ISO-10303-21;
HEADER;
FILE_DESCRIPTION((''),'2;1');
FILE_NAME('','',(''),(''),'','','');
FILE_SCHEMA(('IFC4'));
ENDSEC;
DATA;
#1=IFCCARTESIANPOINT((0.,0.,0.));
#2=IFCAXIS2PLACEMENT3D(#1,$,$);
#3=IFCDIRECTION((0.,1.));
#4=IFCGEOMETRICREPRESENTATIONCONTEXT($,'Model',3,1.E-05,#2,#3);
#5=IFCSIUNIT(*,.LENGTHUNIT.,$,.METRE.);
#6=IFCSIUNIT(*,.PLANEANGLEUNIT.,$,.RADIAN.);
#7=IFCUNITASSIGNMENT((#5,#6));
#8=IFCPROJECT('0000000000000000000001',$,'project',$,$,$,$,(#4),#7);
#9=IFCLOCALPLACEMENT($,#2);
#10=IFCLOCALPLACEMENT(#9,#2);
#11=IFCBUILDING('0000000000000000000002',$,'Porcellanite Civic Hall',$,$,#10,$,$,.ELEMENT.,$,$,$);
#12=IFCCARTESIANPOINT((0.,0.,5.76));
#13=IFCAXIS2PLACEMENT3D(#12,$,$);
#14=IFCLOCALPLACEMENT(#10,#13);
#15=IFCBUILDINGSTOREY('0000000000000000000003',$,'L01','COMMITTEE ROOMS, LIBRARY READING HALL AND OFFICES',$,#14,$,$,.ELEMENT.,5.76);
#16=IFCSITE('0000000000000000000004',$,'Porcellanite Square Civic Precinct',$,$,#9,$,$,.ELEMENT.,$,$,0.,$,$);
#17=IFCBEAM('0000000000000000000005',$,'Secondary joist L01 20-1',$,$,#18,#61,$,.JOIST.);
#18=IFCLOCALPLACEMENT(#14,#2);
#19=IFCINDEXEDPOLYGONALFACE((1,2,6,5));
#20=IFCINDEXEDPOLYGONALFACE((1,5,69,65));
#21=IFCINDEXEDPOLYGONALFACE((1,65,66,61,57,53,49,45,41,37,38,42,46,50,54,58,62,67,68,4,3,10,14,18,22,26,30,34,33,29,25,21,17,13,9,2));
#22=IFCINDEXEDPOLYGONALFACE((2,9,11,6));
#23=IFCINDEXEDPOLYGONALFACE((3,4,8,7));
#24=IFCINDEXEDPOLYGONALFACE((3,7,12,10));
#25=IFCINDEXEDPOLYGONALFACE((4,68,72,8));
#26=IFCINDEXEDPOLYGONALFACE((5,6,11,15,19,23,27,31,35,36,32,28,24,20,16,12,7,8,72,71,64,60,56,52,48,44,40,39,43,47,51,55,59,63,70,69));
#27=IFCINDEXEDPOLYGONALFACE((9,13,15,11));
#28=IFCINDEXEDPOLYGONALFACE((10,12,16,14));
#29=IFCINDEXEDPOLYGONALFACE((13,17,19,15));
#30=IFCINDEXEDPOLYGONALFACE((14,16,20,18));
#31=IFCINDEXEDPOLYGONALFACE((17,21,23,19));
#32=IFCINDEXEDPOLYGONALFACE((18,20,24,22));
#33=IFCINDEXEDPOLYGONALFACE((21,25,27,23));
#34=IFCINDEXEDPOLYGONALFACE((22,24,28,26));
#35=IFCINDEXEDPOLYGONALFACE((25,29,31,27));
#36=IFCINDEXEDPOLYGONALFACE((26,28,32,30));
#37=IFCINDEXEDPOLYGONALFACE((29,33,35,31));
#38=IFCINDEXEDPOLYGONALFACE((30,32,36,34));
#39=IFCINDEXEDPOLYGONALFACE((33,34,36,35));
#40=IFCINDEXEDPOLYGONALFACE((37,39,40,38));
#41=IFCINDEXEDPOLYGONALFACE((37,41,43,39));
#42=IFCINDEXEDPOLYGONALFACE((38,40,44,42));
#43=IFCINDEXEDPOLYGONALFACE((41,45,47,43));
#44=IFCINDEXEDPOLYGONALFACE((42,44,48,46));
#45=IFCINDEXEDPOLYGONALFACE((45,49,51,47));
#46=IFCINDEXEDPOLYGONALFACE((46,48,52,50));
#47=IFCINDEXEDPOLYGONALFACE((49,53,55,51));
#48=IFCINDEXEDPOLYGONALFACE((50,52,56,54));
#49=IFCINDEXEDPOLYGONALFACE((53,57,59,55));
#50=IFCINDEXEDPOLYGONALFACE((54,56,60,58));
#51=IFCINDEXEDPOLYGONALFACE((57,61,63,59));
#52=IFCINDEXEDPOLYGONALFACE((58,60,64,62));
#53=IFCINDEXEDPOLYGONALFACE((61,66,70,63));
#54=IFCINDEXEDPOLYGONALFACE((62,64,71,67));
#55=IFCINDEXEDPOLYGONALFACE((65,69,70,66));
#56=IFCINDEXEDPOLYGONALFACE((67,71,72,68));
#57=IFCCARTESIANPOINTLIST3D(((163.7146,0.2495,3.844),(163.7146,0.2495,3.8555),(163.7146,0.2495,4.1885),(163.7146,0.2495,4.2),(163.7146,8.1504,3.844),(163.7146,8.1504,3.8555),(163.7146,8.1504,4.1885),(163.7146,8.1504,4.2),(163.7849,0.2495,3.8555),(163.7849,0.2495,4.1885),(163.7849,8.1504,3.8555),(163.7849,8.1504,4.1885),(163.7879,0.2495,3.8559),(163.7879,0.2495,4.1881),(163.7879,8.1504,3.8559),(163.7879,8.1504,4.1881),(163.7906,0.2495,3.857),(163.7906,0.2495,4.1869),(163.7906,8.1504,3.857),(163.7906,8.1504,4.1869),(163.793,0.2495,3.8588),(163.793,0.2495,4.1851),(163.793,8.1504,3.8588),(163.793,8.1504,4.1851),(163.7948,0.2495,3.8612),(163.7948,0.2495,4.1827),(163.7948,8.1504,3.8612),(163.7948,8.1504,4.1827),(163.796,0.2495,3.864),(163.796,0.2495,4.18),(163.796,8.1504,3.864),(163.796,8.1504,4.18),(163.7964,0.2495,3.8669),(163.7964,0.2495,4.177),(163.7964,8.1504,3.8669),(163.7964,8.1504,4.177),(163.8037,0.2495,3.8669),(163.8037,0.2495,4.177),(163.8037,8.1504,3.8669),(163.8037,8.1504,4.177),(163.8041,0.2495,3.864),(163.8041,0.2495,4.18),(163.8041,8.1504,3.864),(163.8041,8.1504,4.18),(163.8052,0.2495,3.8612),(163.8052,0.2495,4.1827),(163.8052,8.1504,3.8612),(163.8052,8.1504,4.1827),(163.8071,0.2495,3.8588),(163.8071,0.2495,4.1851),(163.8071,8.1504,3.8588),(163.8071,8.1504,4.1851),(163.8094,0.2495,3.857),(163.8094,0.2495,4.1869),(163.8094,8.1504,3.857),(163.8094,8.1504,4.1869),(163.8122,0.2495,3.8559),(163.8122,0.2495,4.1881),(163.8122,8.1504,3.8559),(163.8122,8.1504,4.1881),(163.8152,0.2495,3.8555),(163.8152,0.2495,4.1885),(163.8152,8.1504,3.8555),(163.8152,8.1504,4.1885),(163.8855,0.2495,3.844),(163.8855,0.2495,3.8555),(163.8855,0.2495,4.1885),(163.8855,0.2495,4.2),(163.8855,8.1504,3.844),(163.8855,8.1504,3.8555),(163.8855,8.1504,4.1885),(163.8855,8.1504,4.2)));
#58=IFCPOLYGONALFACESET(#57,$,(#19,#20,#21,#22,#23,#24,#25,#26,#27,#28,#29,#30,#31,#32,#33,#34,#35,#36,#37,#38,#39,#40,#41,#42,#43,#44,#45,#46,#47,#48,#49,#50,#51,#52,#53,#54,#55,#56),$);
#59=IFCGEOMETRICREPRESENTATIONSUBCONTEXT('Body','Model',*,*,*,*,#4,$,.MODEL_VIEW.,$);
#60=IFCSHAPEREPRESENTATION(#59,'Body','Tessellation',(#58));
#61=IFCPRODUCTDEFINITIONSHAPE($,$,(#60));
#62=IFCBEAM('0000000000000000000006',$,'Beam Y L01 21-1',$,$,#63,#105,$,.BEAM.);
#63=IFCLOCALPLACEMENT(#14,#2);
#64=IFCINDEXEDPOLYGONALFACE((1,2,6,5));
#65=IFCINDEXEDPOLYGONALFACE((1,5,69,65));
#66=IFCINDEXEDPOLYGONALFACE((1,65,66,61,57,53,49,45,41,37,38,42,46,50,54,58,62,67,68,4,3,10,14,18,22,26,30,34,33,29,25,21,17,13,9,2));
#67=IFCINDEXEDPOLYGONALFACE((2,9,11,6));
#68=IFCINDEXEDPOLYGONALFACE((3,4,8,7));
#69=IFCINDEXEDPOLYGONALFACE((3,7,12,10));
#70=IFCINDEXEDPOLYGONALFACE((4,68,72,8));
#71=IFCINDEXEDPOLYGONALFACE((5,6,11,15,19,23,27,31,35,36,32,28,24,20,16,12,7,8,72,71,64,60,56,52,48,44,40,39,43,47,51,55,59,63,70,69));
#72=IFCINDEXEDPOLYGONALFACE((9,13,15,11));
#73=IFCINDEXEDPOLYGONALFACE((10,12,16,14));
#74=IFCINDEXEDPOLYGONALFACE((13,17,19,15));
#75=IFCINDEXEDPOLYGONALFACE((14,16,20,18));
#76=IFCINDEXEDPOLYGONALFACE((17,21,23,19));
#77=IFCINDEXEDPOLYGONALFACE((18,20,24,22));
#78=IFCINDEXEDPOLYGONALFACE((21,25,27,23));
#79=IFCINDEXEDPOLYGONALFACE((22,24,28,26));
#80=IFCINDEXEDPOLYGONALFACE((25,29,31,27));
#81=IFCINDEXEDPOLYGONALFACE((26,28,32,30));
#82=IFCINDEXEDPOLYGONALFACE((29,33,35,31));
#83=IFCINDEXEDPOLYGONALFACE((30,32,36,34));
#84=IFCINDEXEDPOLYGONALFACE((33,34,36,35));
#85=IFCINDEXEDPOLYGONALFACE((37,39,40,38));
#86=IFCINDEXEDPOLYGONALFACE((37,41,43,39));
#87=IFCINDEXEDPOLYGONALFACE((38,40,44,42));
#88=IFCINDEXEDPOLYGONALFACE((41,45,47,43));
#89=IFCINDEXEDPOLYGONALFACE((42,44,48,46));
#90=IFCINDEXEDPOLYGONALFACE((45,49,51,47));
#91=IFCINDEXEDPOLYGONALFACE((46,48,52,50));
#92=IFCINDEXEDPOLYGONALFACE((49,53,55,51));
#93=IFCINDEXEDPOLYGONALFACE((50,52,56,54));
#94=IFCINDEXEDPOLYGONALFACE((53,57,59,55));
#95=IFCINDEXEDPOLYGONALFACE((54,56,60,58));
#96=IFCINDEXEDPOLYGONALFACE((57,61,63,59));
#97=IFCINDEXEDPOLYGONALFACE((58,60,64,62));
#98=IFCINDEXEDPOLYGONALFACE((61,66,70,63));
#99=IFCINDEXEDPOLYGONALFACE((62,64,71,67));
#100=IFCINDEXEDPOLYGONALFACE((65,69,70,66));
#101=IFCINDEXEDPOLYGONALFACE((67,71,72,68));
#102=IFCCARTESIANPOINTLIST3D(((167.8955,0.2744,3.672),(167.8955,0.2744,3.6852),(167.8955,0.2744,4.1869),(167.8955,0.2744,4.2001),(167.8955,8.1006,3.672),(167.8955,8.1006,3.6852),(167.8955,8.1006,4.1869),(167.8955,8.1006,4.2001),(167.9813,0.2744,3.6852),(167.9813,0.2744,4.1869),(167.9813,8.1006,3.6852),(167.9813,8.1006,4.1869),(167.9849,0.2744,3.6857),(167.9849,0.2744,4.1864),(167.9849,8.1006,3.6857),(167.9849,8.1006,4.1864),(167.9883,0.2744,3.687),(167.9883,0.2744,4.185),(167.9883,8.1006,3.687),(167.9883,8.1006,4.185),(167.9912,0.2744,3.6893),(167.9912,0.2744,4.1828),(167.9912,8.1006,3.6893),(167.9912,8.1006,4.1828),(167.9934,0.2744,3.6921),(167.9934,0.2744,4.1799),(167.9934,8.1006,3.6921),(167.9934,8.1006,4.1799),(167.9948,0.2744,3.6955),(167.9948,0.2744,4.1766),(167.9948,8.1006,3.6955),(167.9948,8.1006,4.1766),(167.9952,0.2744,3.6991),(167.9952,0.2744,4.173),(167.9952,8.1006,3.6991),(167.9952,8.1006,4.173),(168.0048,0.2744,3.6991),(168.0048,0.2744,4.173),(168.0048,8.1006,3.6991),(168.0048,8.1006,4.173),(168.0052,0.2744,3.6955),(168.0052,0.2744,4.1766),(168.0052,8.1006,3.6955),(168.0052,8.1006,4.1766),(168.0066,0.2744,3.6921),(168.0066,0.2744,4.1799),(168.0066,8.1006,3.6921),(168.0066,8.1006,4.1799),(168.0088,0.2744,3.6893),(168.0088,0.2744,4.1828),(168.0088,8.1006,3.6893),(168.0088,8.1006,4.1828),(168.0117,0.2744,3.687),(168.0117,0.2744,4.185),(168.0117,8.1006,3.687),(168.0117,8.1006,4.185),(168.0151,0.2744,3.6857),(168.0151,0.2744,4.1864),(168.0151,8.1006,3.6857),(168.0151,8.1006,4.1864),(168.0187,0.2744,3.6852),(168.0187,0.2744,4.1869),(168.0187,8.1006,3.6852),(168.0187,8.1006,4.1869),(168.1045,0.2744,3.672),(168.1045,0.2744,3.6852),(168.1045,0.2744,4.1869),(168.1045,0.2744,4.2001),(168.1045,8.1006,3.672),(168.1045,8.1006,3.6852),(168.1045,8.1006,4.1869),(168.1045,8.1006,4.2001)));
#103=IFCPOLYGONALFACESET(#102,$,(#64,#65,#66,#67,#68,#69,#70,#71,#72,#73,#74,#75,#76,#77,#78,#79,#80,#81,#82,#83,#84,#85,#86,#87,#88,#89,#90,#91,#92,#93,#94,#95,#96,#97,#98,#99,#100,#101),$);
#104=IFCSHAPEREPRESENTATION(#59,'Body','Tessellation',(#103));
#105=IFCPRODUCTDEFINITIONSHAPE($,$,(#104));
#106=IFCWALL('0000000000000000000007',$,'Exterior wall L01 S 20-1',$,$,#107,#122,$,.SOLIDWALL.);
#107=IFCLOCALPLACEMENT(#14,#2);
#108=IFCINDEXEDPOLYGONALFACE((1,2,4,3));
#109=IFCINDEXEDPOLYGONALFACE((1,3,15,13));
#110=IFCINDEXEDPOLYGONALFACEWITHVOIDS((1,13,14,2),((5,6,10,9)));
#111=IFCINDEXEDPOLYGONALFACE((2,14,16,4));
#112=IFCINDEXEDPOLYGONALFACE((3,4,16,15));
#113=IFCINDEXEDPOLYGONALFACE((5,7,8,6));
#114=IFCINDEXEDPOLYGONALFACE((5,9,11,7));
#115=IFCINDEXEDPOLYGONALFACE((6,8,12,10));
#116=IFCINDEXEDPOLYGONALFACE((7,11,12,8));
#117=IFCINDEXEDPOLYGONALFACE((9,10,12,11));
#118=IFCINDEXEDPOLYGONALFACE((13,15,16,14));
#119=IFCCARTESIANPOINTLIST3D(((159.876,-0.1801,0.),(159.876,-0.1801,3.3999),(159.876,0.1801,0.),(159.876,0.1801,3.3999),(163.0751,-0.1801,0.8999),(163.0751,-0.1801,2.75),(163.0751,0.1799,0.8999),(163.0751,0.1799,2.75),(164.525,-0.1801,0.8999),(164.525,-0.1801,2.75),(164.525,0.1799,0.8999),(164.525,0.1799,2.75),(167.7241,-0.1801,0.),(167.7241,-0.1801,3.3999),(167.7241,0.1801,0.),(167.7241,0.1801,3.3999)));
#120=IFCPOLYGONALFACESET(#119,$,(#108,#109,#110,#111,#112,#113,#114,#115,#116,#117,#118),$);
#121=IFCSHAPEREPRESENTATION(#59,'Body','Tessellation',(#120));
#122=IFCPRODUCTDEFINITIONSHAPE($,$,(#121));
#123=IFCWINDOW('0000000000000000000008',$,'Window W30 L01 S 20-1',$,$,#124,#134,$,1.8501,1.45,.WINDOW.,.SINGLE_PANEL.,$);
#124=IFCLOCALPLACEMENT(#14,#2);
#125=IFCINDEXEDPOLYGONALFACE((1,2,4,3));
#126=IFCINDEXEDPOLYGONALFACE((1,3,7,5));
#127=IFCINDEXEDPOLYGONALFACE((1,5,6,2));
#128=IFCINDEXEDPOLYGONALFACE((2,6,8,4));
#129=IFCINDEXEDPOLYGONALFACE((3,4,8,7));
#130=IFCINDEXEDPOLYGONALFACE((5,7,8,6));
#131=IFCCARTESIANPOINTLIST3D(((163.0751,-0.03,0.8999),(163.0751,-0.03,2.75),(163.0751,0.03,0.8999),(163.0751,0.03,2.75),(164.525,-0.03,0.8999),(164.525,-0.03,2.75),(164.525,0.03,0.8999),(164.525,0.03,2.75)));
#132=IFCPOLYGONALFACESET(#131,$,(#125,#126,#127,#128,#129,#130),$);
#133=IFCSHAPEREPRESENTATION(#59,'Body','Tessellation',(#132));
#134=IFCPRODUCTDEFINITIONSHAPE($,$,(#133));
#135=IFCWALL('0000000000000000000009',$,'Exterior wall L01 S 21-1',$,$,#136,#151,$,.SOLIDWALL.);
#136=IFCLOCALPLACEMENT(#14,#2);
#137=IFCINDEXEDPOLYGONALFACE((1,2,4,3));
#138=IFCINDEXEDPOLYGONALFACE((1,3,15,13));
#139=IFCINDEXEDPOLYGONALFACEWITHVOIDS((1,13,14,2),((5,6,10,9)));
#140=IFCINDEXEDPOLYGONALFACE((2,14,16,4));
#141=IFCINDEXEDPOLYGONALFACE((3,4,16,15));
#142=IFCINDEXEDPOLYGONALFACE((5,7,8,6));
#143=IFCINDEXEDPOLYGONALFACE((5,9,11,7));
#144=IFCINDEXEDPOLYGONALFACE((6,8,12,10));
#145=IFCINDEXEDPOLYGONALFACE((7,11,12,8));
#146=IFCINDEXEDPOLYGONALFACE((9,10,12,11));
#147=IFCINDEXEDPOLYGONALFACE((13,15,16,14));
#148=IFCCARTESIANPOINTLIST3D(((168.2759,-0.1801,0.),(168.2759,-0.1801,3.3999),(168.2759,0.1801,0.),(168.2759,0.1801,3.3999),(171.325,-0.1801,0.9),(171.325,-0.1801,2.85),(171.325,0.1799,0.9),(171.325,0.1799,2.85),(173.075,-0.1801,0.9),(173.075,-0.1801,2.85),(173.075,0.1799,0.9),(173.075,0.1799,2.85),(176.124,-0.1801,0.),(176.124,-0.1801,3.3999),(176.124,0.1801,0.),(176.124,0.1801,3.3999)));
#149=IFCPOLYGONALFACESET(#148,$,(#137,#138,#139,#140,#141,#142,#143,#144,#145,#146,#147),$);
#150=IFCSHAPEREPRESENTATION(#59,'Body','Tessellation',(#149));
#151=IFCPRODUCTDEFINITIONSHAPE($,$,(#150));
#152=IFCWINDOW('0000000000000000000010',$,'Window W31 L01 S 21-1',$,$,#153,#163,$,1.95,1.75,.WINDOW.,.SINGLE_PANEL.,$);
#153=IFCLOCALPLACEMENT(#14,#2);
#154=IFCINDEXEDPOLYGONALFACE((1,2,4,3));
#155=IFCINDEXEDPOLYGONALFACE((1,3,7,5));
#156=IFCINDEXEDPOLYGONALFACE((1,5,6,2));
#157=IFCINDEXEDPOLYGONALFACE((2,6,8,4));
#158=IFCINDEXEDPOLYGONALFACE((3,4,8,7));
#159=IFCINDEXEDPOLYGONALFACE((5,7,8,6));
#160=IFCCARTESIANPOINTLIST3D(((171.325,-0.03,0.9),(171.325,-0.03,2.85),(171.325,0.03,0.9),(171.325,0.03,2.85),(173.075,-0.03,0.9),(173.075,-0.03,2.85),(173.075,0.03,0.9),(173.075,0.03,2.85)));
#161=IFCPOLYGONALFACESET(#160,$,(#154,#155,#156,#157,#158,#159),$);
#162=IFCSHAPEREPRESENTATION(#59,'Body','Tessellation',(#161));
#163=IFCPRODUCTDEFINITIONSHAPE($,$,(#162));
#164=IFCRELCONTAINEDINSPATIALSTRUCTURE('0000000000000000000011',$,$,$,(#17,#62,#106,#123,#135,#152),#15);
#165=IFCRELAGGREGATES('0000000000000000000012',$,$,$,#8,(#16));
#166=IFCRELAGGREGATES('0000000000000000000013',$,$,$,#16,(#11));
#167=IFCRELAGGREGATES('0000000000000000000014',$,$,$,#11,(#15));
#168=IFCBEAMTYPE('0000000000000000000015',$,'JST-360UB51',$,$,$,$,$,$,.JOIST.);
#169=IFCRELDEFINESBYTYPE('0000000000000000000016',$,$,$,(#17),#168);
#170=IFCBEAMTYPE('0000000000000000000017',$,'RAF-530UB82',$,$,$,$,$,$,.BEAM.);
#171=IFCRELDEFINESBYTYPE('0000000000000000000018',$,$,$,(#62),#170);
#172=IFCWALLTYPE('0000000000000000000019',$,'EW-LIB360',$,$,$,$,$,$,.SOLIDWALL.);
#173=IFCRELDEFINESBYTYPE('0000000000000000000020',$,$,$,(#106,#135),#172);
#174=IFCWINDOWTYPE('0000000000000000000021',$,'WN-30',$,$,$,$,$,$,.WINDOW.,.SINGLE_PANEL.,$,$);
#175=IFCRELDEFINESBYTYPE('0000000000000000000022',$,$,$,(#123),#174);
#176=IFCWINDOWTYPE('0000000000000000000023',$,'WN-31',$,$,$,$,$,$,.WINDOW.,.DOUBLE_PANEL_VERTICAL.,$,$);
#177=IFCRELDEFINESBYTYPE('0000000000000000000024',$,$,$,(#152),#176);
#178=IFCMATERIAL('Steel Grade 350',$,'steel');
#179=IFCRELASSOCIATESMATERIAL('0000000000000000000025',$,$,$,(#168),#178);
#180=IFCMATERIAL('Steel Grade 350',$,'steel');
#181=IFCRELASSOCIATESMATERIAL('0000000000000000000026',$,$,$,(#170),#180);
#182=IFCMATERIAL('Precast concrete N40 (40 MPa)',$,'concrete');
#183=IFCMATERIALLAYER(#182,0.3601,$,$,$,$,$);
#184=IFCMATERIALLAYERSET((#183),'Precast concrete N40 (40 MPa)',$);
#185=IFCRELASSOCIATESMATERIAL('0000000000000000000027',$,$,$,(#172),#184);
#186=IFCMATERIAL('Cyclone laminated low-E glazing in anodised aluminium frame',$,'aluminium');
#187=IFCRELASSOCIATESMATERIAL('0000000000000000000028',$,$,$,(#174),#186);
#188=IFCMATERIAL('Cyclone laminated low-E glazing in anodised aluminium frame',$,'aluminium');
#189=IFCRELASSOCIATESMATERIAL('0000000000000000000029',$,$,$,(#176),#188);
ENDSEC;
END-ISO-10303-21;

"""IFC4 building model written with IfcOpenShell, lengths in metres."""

from ifc_helpers import new_model, si_unit, direction, frame, frame_2d, origin, origin_2d, place, context, subcontext, project, spatial, rectangle, i_section, extrude, material, layer, layer_set, material_profile, profile_set, type_object, element, fill, save


model = new_model("IFC4")

# Units and contexts
model_context = context("Model", 3, precision=1e-05, world=origin(), true_north=direction((0.0, 1.0)))
body_context = subcontext(model_context, "Body", "Model", "MODEL_VIEW")
ifc_project = project(units=[si_unit("LENGTHUNIT", "METRE"), si_unit("PLANEANGLEUNIT", "RADIAN")], contexts=[model_context])

# Site, building, storey
site_placement = place(None, origin())
site = spatial("IfcSite", under=ifc_project, at=site_placement, Name="Porcellanite Square Civic Precinct", CompositionType="ELEMENT", RefElevation=0.0)
building_placement = place(site_placement, origin())
building = spatial("IfcBuilding", under=site, at=building_placement, Name="Porcellanite Civic Hall", CompositionType="ELEMENT")
storey_placement = place(building_placement, frame((0.0, 0.0, 5.76)))
storey = spatial("IfcBuildingStorey", under=building, at=storey_placement, Name="L01", Description="COMMITTEE ROOMS, LIBRARY READING HALL AND OFFICES", CompositionType="ELEMENT", Elevation=5.76)

# Beams
ifc_material_1 = material(Name="Steel Grade 350", Category="steel")
ifc_material_profile_1 = material_profile(ifc_material_1, i_section(OverallWidth=0.1709, OverallDepth=0.356, WebThickness=0.0073, FlangeThickness=0.0115, FilletRadius=0.0115, at=origin_2d()), Name="360UB50.7")
ifc_profile_set_1 = profile_set([ifc_material_profile_1], Name="Steel Grade 350")
beam_type_1 = type_object("IfcBeamType", Name="JST-360UB51", PredefinedType="JOIST", material=ifc_profile_set_1)
beam_1_placement = place(storey_placement, frame((163.8, 0.2495, 4.022), z_axis=(0.0, 1.0, 0.0), x_axis=(-1.0, 0.0, 0.0)))
element("IfcBeam", 1, at=beam_1_placement, inside=storey, type_object=beam_type_1, Name="Secondary joist L01 20-1", PredefinedType="JOIST", context=body_context, shape_type="SweptSolid", body=[
    extrude(i_section(OverallWidth=0.1709, OverallDepth=0.356, WebThickness=0.0073, FlangeThickness=0.0115, FilletRadius=0.0115, at=origin_2d()), origin(), (0.0, 0.0, 1.0), 7.9009),
])
ifc_material_2 = material(Name="Steel Grade 350", Category="steel")
ifc_material_profile_2 = material_profile(ifc_material_2, i_section(OverallWidth=0.209, OverallDepth=0.5281, WebThickness=0.0095, FlangeThickness=0.0132, FilletRadius=0.0139, at=origin_2d()), Name="530UB82.0")
ifc_profile_set_2 = profile_set([ifc_material_profile_2], Name="Steel Grade 350")
beam_type_2 = type_object("IfcBeamType", Name="RAF-530UB82", PredefinedType="BEAM", material=ifc_profile_set_2)
beam_2_placement = place(storey_placement, frame((168.0, 0.2744, 3.936), z_axis=(0.0, 1.0, 0.0), x_axis=(-1.0, 0.0, 0.0)))
element("IfcBeam", 2, at=beam_2_placement, inside=storey, type_object=beam_type_2, Name="Beam Y L01 21-1", PredefinedType="BEAM", context=body_context, shape_type="SweptSolid", body=[
    extrude(i_section(OverallWidth=0.209, OverallDepth=0.5281, WebThickness=0.0095, FlangeThickness=0.0132, FilletRadius=0.0139, at=origin_2d()), origin(), (0.0, 0.0, 1.0), 7.8262),
])

# Walls, openings, windows
ifc_material_3 = material(Name="Precast concrete N40 (40 MPa)", Category="concrete")
ifc_layer_1 = layer(ifc_material_3, 0.3601)
ifc_layer_set_1 = layer_set([ifc_layer_1], Name="Precast concrete N40 (40 MPa)")
wall_type_1 = type_object("IfcWallType", Name="EW-LIB360", PredefinedType="SOLIDWALL", material=ifc_layer_set_1)
wall_1_placement = place(storey_placement, frame((167.7241, 0.0, 0.0), z_axis=(0.0, 0.0, 1.0), x_axis=(-1.0, 0.0, 0.0)))
wall_1 = element("IfcWall", 3, at=wall_1_placement, inside=storey, type_object=wall_type_1, Name="Exterior wall L01 S 20-1", PredefinedType="SOLIDWALL", context=body_context, shape_type="SweptSolid", body=[
    extrude(rectangle(XDim=7.8481, YDim=0.3601, at=frame_2d((3.9241, 0.0))), origin(), (0.0, 0.0, 1.0), 3.3999),
])
opening_1_placement = place(wall_1_placement, frame((3.199, 0.0, 0.8999)))
opening_1 = element("IfcOpeningElement", 4, at=opening_1_placement, cuts=wall_1, PredefinedType="OPENING", context=body_context, shape_type="SweptSolid", body=[
    extrude(rectangle(XDim=1.45, YDim=1.8501, at=frame_2d((0.7251, 0.925))), frame((0.0, 0.1802, 0.0), z_axis=(0.0, -1.0, 0.0), x_axis=(1.0, 0.0, 0.0)), (0.0, 0.0, 1.0), 0.3601),
])
ifc_material_4 = material(Name="Cyclone laminated low-E glazing in anodised aluminium frame", Category="aluminium")
window_type_1 = type_object("IfcWindowType", Name="WN-30", PartitioningType="SINGLE_PANEL", PredefinedType="WINDOW", material=ifc_material_4)
window_1_placement = place(opening_1_placement, origin())
window_1 = element("IfcWindow", 5, at=window_1_placement, inside=storey, type_object=window_type_1, Name="Window W30 L01 S 20-1", OverallHeight=1.8501, OverallWidth=1.45, PartitioningType="SINGLE_PANEL", PredefinedType="WINDOW", context=body_context, shape_type="SweptSolid", body=[
    extrude(rectangle(XDim=1.45, YDim=1.8501, at=frame_2d((0.7251, 0.925))), frame((0.0, 0.03, 0.0), z_axis=(0.0, -1.0, 0.0), x_axis=(1.0, 0.0, 0.0)), (0.0, 0.0, 1.0), 0.0601),
])
fill(opening_1, window_1)
wall_2_placement = place(storey_placement, frame((176.124, 0.0, 0.0), z_axis=(0.0, 0.0, 1.0), x_axis=(-1.0, 0.0, 0.0)))
wall_2 = element("IfcWall", 6, at=wall_2_placement, inside=storey, type_object=wall_type_1, Name="Exterior wall L01 S 21-1", PredefinedType="SOLIDWALL", context=body_context, shape_type="SweptSolid", body=[
    extrude(rectangle(XDim=7.8481, YDim=0.3601, at=frame_2d((3.9241, 0.0))), origin(), (0.0, 0.0, 1.0), 3.3999),
])
opening_2_placement = place(wall_2_placement, frame((3.0491, 0.0, 0.8999)))
opening_2 = element("IfcOpeningElement", 7, at=opening_2_placement, cuts=wall_2, PredefinedType="OPENING", context=body_context, shape_type="SweptSolid", body=[
    extrude(rectangle(XDim=1.75, YDim=1.95, at=frame_2d((0.875, 0.9751))), frame((0.0, 0.1802, 0.0), z_axis=(0.0, -1.0, 0.0), x_axis=(1.0, 0.0, 0.0)), (0.0, 0.0, 1.0), 0.3601),
])
ifc_material_5 = material(Name="Cyclone laminated low-E glazing in anodised aluminium frame", Category="aluminium")
window_type_2 = type_object("IfcWindowType", Name="WN-31", PartitioningType="DOUBLE_PANEL_VERTICAL", PredefinedType="WINDOW", material=ifc_material_5)
window_2_placement = place(opening_2_placement, origin())
window_2 = element("IfcWindow", 8, at=window_2_placement, inside=storey, type_object=window_type_2, Name="Window W31 L01 S 21-1", OverallHeight=1.95, OverallWidth=1.75, PartitioningType="SINGLE_PANEL", PredefinedType="WINDOW", context=body_context, shape_type="SweptSolid", body=[
    extrude(rectangle(XDim=1.75, YDim=1.95, at=frame_2d((0.875, 0.9751))), frame((0.0, 0.03, 0.0), z_axis=(0.0, -1.0, 0.0), x_axis=(1.0, 0.0, 0.0)), (0.0, 0.0, 1.0), 0.0601),
])
fill(opening_2, window_2)

save(model, "model.ifc")
